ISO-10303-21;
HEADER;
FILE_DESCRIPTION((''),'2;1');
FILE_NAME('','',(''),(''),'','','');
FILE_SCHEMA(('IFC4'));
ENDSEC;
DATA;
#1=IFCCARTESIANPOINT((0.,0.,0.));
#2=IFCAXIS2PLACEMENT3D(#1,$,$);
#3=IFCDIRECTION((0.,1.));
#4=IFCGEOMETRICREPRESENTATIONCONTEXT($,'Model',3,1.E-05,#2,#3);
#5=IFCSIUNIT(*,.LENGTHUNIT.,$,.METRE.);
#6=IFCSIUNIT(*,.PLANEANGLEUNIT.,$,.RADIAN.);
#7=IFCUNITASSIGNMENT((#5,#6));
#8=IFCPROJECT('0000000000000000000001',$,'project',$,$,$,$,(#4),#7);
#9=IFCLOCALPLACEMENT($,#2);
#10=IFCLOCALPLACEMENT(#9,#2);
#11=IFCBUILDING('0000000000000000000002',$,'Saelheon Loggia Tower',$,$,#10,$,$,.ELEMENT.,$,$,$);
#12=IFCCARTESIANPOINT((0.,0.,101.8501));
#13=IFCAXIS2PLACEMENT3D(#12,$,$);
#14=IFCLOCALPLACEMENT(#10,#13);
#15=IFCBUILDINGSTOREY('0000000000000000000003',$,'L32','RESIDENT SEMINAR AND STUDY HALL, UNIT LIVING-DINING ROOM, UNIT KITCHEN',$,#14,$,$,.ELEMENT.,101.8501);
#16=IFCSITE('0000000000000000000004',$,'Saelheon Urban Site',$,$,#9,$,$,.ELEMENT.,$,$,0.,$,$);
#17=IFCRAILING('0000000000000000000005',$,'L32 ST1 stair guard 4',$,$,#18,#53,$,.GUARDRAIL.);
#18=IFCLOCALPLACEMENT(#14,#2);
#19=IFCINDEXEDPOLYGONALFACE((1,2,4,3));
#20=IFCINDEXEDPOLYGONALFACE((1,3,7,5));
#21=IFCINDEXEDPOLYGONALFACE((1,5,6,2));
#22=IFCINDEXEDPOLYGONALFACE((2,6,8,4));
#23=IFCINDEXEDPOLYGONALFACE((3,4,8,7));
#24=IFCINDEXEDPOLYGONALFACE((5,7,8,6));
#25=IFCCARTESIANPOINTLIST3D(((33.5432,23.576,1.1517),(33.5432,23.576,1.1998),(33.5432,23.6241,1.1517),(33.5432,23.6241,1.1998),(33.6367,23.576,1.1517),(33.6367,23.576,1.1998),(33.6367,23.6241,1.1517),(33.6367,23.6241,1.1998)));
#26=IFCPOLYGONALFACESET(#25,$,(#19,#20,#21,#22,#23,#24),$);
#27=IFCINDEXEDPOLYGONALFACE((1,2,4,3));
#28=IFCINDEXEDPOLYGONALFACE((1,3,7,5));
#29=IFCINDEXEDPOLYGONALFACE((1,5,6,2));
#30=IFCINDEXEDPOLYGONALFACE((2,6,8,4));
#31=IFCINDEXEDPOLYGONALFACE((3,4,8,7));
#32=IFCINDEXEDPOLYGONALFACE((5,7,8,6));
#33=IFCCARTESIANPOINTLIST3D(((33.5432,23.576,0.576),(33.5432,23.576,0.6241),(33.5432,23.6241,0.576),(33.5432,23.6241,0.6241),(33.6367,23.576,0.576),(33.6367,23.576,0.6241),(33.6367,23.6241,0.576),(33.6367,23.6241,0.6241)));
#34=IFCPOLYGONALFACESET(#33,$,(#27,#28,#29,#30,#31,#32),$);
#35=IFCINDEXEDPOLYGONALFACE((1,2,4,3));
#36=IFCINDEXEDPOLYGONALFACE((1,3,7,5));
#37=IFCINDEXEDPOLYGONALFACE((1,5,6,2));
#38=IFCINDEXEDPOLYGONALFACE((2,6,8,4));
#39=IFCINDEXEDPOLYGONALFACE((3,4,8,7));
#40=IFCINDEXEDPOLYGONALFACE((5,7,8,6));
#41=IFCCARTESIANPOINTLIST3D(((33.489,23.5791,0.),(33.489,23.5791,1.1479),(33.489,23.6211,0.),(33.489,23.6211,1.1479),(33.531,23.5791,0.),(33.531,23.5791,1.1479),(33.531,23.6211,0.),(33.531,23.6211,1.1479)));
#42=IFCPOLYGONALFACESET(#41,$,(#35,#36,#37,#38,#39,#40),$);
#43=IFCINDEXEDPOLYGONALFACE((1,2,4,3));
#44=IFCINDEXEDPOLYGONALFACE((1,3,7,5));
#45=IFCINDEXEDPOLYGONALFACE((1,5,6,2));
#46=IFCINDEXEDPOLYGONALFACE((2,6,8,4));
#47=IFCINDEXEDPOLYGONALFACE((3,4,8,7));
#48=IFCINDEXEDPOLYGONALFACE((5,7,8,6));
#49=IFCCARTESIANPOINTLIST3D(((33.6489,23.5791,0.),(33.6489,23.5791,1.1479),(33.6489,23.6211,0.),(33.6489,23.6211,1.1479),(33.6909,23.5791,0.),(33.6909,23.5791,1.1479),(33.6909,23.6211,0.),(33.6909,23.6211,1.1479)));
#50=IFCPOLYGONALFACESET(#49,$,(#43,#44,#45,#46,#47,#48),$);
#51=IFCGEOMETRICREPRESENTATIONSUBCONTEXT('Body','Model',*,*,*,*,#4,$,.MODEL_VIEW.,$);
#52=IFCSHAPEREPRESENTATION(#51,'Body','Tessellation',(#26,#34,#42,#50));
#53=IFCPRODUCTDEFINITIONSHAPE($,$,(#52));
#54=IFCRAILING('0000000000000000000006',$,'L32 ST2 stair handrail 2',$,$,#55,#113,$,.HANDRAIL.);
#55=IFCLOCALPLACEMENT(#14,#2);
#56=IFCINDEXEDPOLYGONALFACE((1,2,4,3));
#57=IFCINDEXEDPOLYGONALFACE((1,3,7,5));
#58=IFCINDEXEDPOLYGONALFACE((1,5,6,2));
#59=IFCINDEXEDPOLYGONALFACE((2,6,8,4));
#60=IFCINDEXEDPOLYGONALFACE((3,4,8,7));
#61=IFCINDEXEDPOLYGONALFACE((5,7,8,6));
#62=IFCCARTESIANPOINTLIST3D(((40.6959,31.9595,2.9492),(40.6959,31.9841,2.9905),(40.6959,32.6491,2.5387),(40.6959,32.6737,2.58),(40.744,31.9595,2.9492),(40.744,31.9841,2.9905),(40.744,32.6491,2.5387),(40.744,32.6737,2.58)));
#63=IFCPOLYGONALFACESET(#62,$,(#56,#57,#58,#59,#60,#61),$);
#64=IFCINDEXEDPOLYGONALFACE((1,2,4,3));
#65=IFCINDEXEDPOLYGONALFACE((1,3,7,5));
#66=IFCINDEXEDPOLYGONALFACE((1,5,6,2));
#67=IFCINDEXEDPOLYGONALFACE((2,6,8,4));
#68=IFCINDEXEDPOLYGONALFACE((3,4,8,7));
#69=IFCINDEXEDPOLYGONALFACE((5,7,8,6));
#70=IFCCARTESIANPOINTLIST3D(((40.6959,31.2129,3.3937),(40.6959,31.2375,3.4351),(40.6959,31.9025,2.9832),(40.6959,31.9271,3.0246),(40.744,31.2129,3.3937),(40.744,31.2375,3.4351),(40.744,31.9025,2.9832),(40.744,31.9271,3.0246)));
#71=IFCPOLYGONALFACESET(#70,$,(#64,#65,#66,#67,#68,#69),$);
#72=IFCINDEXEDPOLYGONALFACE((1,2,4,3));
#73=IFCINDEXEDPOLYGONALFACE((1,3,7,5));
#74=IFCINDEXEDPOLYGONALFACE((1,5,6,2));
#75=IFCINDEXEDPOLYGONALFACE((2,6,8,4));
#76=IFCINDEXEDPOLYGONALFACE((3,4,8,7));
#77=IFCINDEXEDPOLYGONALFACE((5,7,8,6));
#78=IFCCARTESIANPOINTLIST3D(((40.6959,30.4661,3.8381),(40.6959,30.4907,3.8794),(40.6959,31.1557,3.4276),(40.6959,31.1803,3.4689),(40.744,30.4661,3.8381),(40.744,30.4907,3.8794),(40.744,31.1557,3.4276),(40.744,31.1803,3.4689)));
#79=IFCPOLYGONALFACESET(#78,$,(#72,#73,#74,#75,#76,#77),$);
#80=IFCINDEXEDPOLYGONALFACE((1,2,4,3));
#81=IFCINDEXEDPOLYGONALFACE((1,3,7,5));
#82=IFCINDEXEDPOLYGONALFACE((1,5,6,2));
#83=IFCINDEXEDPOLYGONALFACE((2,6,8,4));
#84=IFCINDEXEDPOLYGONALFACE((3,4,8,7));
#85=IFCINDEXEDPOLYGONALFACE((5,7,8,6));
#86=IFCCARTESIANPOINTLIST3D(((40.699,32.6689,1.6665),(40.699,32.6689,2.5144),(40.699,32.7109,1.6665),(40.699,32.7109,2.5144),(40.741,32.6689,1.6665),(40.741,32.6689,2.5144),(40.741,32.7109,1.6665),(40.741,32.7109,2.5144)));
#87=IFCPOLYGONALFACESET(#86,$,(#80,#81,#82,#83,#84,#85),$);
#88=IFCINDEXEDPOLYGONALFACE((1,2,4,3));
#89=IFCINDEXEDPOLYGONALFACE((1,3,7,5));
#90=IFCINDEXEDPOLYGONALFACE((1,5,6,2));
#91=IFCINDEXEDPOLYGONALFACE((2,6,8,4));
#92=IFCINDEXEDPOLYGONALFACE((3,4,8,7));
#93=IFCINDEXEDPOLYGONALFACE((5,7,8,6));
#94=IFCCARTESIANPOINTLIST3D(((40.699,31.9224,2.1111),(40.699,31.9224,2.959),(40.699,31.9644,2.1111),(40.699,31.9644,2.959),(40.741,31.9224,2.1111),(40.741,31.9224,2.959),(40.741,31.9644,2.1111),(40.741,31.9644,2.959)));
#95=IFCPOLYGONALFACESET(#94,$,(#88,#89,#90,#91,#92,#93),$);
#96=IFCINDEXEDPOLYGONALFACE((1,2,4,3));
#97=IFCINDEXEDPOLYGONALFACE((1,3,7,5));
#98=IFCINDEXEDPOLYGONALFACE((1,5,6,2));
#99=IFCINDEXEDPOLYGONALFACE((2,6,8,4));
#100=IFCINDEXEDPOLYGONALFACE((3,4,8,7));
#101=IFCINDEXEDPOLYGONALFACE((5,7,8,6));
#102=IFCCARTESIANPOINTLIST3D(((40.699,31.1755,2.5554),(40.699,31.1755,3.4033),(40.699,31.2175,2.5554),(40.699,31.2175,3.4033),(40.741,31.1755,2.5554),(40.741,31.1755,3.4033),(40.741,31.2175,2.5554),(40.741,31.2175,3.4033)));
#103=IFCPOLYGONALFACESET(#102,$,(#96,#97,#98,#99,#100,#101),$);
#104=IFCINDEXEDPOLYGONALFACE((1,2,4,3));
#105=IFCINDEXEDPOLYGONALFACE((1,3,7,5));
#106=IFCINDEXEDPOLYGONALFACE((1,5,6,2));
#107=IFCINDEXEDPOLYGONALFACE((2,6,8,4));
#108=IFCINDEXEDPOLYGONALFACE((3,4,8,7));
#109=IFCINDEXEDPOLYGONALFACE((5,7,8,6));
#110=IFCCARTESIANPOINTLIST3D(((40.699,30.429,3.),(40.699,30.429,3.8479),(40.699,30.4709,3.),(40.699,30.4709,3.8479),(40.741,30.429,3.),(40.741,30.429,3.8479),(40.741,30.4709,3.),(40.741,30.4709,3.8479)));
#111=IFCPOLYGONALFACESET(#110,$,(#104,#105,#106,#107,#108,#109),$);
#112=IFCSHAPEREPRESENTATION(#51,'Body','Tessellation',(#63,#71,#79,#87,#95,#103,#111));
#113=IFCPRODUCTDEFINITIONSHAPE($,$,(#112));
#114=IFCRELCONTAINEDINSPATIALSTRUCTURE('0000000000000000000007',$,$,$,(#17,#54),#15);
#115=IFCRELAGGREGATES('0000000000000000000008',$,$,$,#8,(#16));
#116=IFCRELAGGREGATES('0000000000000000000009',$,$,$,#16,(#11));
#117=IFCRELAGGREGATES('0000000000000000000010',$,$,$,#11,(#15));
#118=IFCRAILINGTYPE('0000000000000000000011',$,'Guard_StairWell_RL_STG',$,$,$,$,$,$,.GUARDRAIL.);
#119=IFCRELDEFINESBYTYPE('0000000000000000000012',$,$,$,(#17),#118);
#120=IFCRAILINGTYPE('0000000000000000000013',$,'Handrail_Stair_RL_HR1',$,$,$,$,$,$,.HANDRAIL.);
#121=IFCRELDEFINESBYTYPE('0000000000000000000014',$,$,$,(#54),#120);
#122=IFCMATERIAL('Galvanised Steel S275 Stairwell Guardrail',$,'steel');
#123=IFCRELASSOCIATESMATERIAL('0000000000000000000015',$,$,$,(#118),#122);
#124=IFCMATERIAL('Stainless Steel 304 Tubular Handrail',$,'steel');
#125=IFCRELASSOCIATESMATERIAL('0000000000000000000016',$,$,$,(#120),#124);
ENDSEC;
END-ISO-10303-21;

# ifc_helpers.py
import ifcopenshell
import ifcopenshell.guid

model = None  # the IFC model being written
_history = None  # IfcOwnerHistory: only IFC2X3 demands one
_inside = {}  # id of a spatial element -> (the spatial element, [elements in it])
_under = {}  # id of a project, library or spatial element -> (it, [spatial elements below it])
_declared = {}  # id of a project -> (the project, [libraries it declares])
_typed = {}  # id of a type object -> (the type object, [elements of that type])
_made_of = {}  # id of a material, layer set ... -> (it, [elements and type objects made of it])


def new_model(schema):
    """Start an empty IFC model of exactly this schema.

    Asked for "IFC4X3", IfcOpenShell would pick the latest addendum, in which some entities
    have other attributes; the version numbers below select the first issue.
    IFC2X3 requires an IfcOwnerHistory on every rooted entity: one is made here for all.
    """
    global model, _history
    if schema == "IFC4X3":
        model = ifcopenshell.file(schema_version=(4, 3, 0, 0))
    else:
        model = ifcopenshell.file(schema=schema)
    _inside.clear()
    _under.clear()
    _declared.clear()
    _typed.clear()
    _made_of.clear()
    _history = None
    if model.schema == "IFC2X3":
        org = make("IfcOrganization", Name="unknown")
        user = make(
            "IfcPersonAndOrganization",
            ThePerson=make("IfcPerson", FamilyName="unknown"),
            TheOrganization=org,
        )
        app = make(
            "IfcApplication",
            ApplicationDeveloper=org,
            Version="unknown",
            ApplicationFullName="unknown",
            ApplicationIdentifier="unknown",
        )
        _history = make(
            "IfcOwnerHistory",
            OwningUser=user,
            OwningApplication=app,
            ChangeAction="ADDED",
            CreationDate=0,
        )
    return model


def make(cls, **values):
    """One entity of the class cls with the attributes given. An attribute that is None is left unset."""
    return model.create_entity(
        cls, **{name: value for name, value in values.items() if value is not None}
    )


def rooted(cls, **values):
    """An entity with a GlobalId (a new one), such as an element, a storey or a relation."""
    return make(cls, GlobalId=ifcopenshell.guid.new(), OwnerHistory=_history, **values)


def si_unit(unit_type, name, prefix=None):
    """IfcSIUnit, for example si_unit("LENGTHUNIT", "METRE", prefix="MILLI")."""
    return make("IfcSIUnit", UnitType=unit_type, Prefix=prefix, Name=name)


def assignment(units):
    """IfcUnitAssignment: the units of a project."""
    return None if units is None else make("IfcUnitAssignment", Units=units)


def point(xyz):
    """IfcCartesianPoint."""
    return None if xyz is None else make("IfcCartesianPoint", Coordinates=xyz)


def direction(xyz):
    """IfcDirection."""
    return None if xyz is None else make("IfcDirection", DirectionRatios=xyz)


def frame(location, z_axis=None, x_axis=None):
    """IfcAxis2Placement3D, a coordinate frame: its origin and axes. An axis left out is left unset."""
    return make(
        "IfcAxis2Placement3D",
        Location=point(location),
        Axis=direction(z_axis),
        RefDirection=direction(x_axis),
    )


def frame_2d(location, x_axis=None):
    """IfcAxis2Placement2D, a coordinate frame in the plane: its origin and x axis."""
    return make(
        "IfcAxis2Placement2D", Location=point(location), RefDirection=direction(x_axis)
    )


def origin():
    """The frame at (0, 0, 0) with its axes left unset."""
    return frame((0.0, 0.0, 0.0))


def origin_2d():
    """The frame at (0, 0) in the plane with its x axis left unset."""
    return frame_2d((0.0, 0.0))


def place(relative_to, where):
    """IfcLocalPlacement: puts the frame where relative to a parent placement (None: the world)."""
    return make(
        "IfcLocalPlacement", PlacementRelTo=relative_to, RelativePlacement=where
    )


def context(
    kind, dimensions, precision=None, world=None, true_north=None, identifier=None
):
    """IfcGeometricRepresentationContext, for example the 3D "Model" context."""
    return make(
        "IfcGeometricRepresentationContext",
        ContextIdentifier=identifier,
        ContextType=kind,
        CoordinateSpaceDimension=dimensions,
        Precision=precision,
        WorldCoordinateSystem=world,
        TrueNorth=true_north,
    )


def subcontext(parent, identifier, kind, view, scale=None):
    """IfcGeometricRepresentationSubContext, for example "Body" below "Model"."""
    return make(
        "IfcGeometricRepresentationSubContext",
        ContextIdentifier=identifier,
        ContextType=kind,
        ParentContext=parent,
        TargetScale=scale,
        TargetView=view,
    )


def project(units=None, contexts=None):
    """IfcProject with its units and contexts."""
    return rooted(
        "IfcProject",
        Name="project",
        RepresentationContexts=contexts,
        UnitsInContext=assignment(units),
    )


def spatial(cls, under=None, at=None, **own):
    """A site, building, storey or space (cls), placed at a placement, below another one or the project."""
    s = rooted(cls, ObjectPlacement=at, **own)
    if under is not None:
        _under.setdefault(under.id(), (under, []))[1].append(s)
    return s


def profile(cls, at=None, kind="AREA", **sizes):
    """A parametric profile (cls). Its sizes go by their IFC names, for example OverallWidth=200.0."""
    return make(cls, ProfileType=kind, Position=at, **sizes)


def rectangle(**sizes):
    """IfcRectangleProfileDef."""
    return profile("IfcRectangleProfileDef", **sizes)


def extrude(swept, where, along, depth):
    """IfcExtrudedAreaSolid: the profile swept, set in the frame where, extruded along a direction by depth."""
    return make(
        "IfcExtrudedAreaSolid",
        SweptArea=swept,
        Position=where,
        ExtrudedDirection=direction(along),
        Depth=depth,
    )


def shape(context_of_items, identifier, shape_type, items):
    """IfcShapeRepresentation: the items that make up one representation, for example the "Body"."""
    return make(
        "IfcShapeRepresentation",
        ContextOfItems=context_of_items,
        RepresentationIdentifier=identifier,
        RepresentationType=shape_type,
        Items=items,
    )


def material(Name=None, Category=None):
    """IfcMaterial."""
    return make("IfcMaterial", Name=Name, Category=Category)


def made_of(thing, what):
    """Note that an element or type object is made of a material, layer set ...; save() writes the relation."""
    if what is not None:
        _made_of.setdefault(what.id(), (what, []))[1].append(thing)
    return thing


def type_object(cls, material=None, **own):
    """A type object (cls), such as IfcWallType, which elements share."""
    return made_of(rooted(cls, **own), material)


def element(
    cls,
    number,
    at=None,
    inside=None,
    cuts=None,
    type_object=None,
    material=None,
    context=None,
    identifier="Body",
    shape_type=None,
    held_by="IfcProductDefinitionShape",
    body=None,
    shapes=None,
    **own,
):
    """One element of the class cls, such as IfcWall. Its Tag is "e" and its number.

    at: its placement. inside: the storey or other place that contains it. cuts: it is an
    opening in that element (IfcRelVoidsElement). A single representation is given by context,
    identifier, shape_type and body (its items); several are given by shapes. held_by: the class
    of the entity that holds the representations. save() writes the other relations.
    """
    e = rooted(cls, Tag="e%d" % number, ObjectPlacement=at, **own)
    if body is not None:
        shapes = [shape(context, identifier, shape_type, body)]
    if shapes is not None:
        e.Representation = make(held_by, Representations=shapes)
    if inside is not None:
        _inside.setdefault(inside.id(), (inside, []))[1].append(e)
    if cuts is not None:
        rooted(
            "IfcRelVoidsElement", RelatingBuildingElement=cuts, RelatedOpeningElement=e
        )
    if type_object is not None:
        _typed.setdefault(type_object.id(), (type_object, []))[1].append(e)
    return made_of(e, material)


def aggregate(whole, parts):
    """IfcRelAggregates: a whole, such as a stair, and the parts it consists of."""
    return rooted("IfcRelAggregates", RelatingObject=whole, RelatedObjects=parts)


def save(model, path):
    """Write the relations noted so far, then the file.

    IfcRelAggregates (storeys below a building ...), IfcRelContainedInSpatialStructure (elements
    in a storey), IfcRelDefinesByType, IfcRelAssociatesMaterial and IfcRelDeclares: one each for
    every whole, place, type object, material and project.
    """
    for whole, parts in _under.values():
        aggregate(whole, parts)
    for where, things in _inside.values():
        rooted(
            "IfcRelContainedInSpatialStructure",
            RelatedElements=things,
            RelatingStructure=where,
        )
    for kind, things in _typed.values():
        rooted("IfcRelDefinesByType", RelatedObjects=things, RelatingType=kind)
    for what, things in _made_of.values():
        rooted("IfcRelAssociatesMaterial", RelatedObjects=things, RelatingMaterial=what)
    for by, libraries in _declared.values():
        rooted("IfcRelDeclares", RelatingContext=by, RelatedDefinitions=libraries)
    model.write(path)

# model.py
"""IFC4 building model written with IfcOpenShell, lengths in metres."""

from ifc_helpers import new_model, si_unit, direction, frame, origin, origin_2d, place, context, subcontext, project, spatial, rectangle, extrude, material, type_object, element, save


model = new_model("IFC4")

# Units and contexts
model_context = context("Model", 3, precision=1e-05, world=origin(), true_north=direction((0.0, 1.0)))
body_context = subcontext(model_context, "Body", "Model", "MODEL_VIEW")
ifc_project = project(units=[si_unit("LENGTHUNIT", "METRE"), si_unit("PLANEANGLEUNIT", "RADIAN")], contexts=[model_context])

# Site, building, storey
site_placement = place(None, origin())
site = spatial("IfcSite", under=ifc_project, at=site_placement, Name="Saelheon Urban Site", CompositionType="ELEMENT", RefElevation=0.0)
building_placement = place(site_placement, origin())
building = spatial("IfcBuilding", under=site, at=building_placement, Name="Saelheon Loggia Tower", CompositionType="ELEMENT")
storey_placement = place(building_placement, frame((0.0, 0.0, 101.8501)))
storey = spatial("IfcBuildingStorey", under=building, at=storey_placement, Name="L32", Description="RESIDENT SEMINAR AND STUDY HALL, UNIT LIVING-DINING ROOM, UNIT KITCHEN", CompositionType="ELEMENT", Elevation=101.8501)

# Railings
ifc_material_1 = material(Name="Galvanised Steel S275 Stairwell Guardrail", Category="steel")
railing_type_1 = type_object("IfcRailingType", Name="Guard_StairWell_RL_STG", PredefinedType="GUARDRAIL", material=ifc_material_1)
railing_1_placement = place(storey_placement, frame((33.51, 23.6001, 0.0)))
element("IfcRailing", 1, at=railing_1_placement, inside=storey, type_object=railing_type_1, Name="L32 ST1 stair guard 4", PredefinedType="GUARDRAIL", context=body_context, shape_type="SweptSolid", body=[
    extrude(rectangle(XDim=0.0481, YDim=0.0481, at=origin_2d()), frame((0.0332, 0.0, 1.1758), z_axis=(1.0, 0.0, 0.0), x_axis=(0.0, 1.0, 0.0)), (0.0, 0.0, 1.0), 0.0935),
    extrude(rectangle(XDim=0.0481, YDim=0.0481, at=origin_2d()), frame((0.0332, 0.0, 0.6001), z_axis=(1.0, 0.0, 0.0), x_axis=(0.0, 1.0, 0.0)), (0.0, 0.0, 1.0), 0.0935),
    extrude(rectangle(XDim=0.042, YDim=0.042, at=origin_2d()), origin(), (0.0, 0.0, 1.0), 1.1479),
    extrude(rectangle(XDim=0.042, YDim=0.042, at=origin_2d()), frame((0.1599, 0.0, 0.0)), (0.0, 0.0, 1.0), 1.1479),
])
ifc_material_2 = material(Name="Stainless Steel 304 Tubular Handrail", Category="steel")
railing_type_2 = type_object("IfcRailingType", Name="Handrail_Stair_RL_HR1", PredefinedType="HANDRAIL", material=ifc_material_2)
railing_2_placement = place(storey_placement, frame((40.72, 32.6899, 1.6665)))
element("IfcRailing", 2, at=railing_2_placement, inside=storey, type_object=railing_type_2, Name="L32 ST2 stair handrail 2", PredefinedType="HANDRAIL", context=body_context, shape_type="SweptSolid", body=[
    extrude(rectangle(XDim=0.0481, YDim=0.0481, at=origin_2d()), frame((0.0, -0.0286, 0.8928), z_axis=(0.0, -0.859264, 0.511532), x_axis=(1.0, 0.0, 0.0)), (0.0, 0.0, 1.0), 0.8025),
    extrude(rectangle(XDim=0.0481, YDim=0.0481, at=origin_2d()), frame((0.0, -0.7751, 1.3374), z_axis=(0.0, -0.859264, 0.511532), x_axis=(1.0, 0.0, 0.0)), (0.0, 0.0, 1.0), 0.8025),
    extrude(rectangle(XDim=0.0481, YDim=0.0481, at=origin_2d()), frame((0.0, -1.522, 1.7817), z_axis=(0.0, -0.859264, 0.511532), x_axis=(1.0, 0.0, 0.0)), (0.0, 0.0, 1.0), 0.8025),
    extrude(rectangle(XDim=0.042, YDim=0.042, at=origin_2d()), origin(), (0.0, 0.0, 1.0), 0.8479),
    extrude(rectangle(XDim=0.042, YDim=0.042, at=origin_2d()), frame((0.0, -0.7466, 0.4446)), (0.0, 0.0, 1.0), 0.8479),
    extrude(rectangle(XDim=0.042, YDim=0.042, at=origin_2d()), frame((0.0, -1.4934, 0.8889)), (0.0, 0.0, 1.0), 0.8479),
    extrude(rectangle(XDim=0.042, YDim=0.042, at=origin_2d()), frame((0.0, -2.24, 1.3335)), (0.0, 0.0, 1.0), 0.8479),
])

save(model, "model.ifc")
